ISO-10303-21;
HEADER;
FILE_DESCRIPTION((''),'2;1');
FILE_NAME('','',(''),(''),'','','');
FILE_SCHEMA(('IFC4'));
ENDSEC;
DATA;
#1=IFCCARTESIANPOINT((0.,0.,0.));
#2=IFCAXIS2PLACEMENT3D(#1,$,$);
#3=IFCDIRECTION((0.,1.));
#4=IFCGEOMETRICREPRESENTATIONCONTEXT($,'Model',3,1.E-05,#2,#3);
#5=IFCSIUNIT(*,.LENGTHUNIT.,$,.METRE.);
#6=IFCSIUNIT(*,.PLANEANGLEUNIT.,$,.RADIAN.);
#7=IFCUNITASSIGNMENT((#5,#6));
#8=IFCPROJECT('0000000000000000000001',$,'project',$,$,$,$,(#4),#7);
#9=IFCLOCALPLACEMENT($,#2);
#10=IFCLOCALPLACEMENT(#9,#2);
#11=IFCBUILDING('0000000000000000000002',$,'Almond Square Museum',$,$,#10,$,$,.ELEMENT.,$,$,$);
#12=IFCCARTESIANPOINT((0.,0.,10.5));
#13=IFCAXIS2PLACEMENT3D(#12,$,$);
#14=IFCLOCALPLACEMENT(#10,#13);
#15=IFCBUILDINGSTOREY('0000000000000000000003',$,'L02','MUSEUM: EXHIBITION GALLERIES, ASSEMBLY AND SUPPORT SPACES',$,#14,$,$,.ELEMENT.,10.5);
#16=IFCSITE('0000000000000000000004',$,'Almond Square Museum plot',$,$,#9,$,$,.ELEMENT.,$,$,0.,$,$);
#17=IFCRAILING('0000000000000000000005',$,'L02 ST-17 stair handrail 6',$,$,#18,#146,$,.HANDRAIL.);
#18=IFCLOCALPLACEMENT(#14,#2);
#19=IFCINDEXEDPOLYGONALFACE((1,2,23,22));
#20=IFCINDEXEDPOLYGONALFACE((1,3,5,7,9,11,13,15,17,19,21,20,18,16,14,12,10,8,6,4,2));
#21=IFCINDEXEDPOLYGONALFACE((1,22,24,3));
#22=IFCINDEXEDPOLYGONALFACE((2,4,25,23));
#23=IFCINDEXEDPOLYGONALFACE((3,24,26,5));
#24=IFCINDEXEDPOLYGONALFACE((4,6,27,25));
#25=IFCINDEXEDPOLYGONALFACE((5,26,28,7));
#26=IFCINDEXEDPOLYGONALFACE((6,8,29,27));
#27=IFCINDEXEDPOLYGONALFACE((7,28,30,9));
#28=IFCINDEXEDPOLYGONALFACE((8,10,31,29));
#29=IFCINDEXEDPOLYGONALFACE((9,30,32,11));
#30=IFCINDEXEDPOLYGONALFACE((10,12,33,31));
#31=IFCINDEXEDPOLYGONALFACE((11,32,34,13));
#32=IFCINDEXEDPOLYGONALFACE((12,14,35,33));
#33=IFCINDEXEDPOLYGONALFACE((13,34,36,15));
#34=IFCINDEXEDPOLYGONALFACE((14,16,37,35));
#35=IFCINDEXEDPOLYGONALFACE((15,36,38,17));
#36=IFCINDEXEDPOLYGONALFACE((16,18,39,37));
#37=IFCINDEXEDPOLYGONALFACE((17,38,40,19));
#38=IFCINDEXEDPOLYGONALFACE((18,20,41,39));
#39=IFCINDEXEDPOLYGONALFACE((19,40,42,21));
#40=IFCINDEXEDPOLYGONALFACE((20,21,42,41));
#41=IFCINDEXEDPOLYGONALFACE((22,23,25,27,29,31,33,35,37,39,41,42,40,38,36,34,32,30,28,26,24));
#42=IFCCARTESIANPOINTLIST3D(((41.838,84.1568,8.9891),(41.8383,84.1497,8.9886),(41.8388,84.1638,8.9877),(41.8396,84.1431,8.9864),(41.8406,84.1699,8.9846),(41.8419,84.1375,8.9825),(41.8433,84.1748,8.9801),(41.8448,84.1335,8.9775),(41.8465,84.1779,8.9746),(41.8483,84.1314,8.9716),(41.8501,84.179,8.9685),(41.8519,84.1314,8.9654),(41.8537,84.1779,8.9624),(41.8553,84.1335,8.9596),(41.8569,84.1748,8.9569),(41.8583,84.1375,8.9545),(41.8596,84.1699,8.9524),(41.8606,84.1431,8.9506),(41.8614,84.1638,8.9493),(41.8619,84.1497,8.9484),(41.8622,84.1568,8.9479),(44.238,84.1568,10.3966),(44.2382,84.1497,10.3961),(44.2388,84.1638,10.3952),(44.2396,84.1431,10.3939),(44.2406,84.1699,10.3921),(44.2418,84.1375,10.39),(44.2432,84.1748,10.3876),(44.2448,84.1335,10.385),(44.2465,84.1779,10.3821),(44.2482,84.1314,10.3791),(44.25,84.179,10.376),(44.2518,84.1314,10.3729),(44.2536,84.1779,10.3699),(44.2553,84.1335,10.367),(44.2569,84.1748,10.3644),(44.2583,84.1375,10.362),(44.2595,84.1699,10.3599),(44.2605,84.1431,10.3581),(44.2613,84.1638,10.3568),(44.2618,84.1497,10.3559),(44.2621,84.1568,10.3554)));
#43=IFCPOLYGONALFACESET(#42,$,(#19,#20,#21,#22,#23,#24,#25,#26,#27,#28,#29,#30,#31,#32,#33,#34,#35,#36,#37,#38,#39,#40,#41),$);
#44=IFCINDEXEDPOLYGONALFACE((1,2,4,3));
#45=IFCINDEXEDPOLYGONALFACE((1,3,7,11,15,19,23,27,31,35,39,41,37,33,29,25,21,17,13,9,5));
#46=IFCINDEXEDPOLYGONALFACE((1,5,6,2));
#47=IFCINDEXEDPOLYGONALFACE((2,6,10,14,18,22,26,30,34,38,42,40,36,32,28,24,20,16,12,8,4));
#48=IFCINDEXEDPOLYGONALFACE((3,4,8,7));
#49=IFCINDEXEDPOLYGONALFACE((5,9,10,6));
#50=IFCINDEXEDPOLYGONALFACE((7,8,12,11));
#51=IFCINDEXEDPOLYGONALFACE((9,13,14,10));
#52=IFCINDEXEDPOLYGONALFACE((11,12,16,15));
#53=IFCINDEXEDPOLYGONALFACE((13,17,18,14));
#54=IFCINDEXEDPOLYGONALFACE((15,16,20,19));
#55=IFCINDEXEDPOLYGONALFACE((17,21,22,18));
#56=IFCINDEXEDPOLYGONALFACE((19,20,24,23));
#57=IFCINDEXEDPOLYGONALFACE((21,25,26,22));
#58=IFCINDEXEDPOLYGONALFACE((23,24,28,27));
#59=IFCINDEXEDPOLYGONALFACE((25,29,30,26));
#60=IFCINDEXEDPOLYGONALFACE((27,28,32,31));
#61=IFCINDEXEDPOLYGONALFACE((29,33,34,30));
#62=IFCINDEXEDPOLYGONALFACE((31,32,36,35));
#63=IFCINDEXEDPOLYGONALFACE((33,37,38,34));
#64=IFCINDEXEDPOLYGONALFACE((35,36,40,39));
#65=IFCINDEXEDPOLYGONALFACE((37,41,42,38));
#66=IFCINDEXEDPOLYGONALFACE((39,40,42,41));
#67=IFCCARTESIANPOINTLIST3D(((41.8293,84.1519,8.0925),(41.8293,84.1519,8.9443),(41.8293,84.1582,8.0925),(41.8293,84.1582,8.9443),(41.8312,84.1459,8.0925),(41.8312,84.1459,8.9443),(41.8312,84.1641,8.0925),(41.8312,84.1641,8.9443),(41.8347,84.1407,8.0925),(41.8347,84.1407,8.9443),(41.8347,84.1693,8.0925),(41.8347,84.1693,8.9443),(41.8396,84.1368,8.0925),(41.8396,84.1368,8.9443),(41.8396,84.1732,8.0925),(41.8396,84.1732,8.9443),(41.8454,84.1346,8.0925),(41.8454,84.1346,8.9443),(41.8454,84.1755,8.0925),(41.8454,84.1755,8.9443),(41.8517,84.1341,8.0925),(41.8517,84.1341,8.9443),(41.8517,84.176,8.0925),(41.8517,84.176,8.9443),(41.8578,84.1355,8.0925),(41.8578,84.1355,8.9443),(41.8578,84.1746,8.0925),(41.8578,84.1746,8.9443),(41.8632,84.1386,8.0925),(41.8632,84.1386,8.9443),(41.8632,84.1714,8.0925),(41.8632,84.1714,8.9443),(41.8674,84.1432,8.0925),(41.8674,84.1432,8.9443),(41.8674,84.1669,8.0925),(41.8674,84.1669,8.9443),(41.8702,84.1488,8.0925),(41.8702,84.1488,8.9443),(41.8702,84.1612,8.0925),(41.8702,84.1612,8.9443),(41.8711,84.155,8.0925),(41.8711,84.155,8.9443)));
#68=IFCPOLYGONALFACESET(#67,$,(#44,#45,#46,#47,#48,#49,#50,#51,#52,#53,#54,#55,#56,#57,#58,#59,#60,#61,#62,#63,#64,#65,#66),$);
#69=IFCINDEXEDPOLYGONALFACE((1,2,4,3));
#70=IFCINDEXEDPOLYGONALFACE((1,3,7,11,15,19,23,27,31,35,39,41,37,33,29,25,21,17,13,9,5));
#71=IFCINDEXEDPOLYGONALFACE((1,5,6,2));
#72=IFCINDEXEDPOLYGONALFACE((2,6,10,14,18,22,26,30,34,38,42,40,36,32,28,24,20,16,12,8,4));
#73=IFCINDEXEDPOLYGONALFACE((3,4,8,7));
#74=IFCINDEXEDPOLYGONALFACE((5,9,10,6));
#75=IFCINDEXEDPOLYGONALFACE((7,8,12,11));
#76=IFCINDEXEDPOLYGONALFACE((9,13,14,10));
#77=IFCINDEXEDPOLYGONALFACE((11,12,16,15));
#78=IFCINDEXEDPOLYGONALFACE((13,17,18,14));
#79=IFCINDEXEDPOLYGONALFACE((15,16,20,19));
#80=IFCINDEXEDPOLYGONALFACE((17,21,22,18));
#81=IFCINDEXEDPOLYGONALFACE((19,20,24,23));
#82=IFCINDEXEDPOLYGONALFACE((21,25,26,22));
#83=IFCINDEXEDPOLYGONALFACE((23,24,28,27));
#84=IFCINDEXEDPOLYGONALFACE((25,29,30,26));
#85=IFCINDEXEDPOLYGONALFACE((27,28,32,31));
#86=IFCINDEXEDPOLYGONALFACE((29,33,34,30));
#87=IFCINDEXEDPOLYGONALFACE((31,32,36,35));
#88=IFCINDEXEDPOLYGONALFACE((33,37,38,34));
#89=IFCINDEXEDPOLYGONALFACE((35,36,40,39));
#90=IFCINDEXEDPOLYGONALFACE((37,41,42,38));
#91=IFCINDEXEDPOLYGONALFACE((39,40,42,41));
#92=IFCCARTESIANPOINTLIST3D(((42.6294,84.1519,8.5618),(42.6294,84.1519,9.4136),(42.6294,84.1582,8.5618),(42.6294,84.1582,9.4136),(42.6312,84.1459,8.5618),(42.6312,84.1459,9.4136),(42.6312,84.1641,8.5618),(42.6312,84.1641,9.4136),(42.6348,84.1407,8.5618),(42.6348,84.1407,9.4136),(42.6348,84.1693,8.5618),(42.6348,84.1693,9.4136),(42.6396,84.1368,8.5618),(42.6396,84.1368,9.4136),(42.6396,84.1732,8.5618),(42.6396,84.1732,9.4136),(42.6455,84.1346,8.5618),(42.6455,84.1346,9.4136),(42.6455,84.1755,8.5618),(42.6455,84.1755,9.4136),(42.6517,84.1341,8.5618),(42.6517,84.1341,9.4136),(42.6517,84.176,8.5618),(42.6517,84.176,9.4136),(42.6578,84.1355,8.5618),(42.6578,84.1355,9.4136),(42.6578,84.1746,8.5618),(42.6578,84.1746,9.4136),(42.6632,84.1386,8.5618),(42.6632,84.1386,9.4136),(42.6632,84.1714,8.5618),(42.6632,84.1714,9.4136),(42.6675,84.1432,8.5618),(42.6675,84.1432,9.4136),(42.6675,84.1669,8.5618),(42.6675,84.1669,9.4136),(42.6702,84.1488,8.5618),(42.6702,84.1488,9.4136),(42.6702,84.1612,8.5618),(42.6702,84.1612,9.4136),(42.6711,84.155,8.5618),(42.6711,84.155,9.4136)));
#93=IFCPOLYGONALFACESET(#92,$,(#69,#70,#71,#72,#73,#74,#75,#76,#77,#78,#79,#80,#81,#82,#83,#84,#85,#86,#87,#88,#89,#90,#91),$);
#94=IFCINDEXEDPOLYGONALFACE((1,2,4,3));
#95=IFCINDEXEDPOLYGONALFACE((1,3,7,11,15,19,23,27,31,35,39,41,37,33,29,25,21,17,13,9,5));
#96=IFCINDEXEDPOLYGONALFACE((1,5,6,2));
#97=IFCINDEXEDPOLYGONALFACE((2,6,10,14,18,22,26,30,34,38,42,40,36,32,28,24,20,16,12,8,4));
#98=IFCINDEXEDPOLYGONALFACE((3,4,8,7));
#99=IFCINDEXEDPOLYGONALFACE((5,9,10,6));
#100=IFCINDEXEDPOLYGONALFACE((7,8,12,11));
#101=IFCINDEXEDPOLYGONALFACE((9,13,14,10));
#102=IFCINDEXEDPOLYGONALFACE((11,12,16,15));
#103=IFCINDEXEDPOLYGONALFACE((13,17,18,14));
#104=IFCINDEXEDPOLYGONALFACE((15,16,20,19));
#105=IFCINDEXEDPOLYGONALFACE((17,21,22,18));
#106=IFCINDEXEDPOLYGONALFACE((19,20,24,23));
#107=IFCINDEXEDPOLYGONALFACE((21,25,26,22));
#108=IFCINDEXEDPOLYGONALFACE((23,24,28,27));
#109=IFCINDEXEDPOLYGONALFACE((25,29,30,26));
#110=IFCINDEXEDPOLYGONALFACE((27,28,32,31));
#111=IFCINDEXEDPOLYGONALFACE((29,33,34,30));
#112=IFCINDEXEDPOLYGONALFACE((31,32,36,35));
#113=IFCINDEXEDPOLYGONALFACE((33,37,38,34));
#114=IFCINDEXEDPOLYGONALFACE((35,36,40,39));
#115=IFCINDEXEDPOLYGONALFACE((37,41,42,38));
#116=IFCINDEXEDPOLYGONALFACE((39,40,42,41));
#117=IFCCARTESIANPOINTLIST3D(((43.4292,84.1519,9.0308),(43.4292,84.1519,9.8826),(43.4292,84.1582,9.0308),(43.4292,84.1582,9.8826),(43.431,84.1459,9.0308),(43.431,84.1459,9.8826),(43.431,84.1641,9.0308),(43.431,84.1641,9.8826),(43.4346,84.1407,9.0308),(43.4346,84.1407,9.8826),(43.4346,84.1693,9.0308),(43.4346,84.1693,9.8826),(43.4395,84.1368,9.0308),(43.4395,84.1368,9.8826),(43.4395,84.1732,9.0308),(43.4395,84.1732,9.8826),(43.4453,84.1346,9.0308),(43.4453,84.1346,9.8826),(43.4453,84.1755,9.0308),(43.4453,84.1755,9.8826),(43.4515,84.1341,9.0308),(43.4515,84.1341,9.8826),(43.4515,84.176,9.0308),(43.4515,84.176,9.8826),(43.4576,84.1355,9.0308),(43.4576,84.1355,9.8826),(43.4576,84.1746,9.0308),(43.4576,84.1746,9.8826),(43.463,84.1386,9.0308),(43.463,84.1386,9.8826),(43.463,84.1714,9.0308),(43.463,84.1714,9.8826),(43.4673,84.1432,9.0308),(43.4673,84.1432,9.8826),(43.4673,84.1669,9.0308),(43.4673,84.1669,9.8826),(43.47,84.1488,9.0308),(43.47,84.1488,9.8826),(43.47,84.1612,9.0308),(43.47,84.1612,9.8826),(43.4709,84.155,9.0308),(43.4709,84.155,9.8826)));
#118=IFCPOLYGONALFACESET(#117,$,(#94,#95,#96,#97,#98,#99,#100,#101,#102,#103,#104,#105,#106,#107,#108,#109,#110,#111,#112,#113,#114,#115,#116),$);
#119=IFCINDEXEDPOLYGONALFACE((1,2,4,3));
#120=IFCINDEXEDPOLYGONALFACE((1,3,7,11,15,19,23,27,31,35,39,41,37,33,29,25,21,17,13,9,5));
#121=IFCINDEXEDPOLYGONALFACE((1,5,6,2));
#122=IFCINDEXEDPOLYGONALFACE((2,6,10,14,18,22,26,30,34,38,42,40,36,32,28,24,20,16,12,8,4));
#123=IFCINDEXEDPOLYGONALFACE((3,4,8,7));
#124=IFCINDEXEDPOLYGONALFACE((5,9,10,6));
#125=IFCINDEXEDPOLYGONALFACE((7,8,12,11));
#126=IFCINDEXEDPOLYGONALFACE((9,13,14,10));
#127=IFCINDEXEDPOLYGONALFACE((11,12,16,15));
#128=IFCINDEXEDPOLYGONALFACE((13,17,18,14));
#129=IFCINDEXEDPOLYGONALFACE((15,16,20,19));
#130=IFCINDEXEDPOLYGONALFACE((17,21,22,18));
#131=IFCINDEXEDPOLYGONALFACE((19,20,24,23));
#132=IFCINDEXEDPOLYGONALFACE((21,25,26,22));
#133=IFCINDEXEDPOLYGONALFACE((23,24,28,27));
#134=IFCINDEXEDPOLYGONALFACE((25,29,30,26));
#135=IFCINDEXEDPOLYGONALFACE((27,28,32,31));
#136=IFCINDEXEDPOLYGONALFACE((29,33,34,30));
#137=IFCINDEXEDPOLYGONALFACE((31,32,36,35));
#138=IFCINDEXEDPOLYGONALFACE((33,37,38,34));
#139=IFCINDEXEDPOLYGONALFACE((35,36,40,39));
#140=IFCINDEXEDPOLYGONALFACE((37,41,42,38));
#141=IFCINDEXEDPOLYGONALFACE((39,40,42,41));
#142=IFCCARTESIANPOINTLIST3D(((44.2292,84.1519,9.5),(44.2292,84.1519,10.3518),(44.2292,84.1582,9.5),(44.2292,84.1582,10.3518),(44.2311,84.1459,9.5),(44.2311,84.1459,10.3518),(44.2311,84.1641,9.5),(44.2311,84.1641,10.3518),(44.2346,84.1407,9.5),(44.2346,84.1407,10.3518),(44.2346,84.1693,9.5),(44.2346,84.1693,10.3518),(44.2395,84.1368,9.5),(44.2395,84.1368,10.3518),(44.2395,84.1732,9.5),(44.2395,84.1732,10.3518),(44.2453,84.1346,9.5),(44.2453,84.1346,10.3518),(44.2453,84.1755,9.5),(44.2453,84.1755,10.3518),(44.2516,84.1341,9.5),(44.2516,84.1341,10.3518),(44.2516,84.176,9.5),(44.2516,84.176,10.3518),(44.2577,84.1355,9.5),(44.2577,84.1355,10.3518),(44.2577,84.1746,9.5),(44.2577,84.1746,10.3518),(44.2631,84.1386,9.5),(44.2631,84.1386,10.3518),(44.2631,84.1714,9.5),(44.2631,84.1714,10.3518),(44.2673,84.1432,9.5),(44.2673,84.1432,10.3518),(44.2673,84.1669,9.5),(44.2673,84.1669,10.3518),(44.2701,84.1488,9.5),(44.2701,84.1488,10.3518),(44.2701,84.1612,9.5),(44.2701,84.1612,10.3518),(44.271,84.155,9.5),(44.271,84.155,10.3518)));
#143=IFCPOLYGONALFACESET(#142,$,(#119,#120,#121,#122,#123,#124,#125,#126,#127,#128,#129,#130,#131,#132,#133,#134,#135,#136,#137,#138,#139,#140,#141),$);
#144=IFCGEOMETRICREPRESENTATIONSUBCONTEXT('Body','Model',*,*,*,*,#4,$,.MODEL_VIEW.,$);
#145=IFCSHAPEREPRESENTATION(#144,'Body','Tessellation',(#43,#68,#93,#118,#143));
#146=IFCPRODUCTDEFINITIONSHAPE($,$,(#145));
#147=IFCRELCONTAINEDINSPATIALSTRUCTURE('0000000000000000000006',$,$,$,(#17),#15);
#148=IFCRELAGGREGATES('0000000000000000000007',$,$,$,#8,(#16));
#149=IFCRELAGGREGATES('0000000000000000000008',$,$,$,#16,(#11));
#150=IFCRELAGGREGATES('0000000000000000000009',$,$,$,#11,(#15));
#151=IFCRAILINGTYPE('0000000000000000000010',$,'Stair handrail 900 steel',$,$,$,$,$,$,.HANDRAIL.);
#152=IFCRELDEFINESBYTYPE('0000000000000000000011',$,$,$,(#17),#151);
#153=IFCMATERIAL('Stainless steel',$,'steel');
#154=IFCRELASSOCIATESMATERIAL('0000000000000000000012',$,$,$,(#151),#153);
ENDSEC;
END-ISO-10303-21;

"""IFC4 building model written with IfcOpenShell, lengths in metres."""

from ifc_helpers import new_model, si_unit, direction, frame, origin, origin_2d, place, context, subcontext, project, spatial, circle, extrude, material, type_object, element, save


model = new_model("IFC4")

# Units and contexts
model_context = context("Model", 3, precision=1e-05, world=origin(), true_north=direction((0.0, 1.0)))
body_context = subcontext(model_context, "Body", "Model", "MODEL_VIEW")
ifc_project = project(units=[si_unit("LENGTHUNIT", "METRE"), si_unit("PLANEANGLEUNIT", "RADIAN")], contexts=[model_context])

# Site, building, storey
site_placement = place(None, origin())
site = spatial("IfcSite", under=ifc_project, at=site_placement, Name="Almond Square Museum plot", CompositionType="ELEMENT", RefElevation=0.0)
building_placement = place(site_placement, origin())
building = spatial("IfcBuilding", under=site, at=building_placement, Name="Almond Square Museum", CompositionType="ELEMENT")
storey_placement = place(building_placement, frame((0.0, 0.0, 10.5)))
storey = spatial("IfcBuildingStorey", under=building, at=storey_placement, Name="L02", Description="MUSEUM: EXHIBITION GALLERIES, ASSEMBLY AND SUPPORT SPACES", CompositionType="ELEMENT", Elevation=10.5)

# Railing
ifc_material_1 = material(Name="Stainless steel", Category="steel")
railing_type_1 = type_object("IfcRailingType", Name="Stair handrail 900 steel", PredefinedType="HANDRAIL", material=ifc_material_1)
for number, where, name in (
    (1, (41.8501, 84.155, 8.0925), "L02 ST-17 stair handrail 6"),
):
    element("IfcRailing", number, at=place(storey_placement, frame(where)), inside=storey, type_object=railing_type_1, Name=name, PredefinedType="HANDRAIL", context=body_context, shape_type="SweptSolid", body=[
        extrude(circle(Radius=0.0239, at=origin_2d()), frame((0.0, 0.0, 0.876), z_axis=(0.862599, 0.0, 0.505888), x_axis=(0.0, 1.0, 0.0)), (0.0, 0.0, 1.0), 2.7822),
        extrude(circle(Radius=0.021, at=origin_2d()), origin(), (0.0, 0.0, 1.0), 0.8518),
        extrude(circle(Radius=0.021, at=origin_2d()), frame((0.8, 0.0, 0.4692)), (0.0, 0.0, 1.0), 0.8518),
        extrude(circle(Radius=0.021, at=origin_2d()), frame((1.5999, 0.0, 0.9382)), (0.0, 0.0, 1.0), 0.8518),
        extrude(circle(Radius=0.021, at=origin_2d()), frame((2.3999, 0.0, 1.4075)), (0.0, 0.0, 1.0), 0.8518),
    ])

save(model, "model.ifc")
